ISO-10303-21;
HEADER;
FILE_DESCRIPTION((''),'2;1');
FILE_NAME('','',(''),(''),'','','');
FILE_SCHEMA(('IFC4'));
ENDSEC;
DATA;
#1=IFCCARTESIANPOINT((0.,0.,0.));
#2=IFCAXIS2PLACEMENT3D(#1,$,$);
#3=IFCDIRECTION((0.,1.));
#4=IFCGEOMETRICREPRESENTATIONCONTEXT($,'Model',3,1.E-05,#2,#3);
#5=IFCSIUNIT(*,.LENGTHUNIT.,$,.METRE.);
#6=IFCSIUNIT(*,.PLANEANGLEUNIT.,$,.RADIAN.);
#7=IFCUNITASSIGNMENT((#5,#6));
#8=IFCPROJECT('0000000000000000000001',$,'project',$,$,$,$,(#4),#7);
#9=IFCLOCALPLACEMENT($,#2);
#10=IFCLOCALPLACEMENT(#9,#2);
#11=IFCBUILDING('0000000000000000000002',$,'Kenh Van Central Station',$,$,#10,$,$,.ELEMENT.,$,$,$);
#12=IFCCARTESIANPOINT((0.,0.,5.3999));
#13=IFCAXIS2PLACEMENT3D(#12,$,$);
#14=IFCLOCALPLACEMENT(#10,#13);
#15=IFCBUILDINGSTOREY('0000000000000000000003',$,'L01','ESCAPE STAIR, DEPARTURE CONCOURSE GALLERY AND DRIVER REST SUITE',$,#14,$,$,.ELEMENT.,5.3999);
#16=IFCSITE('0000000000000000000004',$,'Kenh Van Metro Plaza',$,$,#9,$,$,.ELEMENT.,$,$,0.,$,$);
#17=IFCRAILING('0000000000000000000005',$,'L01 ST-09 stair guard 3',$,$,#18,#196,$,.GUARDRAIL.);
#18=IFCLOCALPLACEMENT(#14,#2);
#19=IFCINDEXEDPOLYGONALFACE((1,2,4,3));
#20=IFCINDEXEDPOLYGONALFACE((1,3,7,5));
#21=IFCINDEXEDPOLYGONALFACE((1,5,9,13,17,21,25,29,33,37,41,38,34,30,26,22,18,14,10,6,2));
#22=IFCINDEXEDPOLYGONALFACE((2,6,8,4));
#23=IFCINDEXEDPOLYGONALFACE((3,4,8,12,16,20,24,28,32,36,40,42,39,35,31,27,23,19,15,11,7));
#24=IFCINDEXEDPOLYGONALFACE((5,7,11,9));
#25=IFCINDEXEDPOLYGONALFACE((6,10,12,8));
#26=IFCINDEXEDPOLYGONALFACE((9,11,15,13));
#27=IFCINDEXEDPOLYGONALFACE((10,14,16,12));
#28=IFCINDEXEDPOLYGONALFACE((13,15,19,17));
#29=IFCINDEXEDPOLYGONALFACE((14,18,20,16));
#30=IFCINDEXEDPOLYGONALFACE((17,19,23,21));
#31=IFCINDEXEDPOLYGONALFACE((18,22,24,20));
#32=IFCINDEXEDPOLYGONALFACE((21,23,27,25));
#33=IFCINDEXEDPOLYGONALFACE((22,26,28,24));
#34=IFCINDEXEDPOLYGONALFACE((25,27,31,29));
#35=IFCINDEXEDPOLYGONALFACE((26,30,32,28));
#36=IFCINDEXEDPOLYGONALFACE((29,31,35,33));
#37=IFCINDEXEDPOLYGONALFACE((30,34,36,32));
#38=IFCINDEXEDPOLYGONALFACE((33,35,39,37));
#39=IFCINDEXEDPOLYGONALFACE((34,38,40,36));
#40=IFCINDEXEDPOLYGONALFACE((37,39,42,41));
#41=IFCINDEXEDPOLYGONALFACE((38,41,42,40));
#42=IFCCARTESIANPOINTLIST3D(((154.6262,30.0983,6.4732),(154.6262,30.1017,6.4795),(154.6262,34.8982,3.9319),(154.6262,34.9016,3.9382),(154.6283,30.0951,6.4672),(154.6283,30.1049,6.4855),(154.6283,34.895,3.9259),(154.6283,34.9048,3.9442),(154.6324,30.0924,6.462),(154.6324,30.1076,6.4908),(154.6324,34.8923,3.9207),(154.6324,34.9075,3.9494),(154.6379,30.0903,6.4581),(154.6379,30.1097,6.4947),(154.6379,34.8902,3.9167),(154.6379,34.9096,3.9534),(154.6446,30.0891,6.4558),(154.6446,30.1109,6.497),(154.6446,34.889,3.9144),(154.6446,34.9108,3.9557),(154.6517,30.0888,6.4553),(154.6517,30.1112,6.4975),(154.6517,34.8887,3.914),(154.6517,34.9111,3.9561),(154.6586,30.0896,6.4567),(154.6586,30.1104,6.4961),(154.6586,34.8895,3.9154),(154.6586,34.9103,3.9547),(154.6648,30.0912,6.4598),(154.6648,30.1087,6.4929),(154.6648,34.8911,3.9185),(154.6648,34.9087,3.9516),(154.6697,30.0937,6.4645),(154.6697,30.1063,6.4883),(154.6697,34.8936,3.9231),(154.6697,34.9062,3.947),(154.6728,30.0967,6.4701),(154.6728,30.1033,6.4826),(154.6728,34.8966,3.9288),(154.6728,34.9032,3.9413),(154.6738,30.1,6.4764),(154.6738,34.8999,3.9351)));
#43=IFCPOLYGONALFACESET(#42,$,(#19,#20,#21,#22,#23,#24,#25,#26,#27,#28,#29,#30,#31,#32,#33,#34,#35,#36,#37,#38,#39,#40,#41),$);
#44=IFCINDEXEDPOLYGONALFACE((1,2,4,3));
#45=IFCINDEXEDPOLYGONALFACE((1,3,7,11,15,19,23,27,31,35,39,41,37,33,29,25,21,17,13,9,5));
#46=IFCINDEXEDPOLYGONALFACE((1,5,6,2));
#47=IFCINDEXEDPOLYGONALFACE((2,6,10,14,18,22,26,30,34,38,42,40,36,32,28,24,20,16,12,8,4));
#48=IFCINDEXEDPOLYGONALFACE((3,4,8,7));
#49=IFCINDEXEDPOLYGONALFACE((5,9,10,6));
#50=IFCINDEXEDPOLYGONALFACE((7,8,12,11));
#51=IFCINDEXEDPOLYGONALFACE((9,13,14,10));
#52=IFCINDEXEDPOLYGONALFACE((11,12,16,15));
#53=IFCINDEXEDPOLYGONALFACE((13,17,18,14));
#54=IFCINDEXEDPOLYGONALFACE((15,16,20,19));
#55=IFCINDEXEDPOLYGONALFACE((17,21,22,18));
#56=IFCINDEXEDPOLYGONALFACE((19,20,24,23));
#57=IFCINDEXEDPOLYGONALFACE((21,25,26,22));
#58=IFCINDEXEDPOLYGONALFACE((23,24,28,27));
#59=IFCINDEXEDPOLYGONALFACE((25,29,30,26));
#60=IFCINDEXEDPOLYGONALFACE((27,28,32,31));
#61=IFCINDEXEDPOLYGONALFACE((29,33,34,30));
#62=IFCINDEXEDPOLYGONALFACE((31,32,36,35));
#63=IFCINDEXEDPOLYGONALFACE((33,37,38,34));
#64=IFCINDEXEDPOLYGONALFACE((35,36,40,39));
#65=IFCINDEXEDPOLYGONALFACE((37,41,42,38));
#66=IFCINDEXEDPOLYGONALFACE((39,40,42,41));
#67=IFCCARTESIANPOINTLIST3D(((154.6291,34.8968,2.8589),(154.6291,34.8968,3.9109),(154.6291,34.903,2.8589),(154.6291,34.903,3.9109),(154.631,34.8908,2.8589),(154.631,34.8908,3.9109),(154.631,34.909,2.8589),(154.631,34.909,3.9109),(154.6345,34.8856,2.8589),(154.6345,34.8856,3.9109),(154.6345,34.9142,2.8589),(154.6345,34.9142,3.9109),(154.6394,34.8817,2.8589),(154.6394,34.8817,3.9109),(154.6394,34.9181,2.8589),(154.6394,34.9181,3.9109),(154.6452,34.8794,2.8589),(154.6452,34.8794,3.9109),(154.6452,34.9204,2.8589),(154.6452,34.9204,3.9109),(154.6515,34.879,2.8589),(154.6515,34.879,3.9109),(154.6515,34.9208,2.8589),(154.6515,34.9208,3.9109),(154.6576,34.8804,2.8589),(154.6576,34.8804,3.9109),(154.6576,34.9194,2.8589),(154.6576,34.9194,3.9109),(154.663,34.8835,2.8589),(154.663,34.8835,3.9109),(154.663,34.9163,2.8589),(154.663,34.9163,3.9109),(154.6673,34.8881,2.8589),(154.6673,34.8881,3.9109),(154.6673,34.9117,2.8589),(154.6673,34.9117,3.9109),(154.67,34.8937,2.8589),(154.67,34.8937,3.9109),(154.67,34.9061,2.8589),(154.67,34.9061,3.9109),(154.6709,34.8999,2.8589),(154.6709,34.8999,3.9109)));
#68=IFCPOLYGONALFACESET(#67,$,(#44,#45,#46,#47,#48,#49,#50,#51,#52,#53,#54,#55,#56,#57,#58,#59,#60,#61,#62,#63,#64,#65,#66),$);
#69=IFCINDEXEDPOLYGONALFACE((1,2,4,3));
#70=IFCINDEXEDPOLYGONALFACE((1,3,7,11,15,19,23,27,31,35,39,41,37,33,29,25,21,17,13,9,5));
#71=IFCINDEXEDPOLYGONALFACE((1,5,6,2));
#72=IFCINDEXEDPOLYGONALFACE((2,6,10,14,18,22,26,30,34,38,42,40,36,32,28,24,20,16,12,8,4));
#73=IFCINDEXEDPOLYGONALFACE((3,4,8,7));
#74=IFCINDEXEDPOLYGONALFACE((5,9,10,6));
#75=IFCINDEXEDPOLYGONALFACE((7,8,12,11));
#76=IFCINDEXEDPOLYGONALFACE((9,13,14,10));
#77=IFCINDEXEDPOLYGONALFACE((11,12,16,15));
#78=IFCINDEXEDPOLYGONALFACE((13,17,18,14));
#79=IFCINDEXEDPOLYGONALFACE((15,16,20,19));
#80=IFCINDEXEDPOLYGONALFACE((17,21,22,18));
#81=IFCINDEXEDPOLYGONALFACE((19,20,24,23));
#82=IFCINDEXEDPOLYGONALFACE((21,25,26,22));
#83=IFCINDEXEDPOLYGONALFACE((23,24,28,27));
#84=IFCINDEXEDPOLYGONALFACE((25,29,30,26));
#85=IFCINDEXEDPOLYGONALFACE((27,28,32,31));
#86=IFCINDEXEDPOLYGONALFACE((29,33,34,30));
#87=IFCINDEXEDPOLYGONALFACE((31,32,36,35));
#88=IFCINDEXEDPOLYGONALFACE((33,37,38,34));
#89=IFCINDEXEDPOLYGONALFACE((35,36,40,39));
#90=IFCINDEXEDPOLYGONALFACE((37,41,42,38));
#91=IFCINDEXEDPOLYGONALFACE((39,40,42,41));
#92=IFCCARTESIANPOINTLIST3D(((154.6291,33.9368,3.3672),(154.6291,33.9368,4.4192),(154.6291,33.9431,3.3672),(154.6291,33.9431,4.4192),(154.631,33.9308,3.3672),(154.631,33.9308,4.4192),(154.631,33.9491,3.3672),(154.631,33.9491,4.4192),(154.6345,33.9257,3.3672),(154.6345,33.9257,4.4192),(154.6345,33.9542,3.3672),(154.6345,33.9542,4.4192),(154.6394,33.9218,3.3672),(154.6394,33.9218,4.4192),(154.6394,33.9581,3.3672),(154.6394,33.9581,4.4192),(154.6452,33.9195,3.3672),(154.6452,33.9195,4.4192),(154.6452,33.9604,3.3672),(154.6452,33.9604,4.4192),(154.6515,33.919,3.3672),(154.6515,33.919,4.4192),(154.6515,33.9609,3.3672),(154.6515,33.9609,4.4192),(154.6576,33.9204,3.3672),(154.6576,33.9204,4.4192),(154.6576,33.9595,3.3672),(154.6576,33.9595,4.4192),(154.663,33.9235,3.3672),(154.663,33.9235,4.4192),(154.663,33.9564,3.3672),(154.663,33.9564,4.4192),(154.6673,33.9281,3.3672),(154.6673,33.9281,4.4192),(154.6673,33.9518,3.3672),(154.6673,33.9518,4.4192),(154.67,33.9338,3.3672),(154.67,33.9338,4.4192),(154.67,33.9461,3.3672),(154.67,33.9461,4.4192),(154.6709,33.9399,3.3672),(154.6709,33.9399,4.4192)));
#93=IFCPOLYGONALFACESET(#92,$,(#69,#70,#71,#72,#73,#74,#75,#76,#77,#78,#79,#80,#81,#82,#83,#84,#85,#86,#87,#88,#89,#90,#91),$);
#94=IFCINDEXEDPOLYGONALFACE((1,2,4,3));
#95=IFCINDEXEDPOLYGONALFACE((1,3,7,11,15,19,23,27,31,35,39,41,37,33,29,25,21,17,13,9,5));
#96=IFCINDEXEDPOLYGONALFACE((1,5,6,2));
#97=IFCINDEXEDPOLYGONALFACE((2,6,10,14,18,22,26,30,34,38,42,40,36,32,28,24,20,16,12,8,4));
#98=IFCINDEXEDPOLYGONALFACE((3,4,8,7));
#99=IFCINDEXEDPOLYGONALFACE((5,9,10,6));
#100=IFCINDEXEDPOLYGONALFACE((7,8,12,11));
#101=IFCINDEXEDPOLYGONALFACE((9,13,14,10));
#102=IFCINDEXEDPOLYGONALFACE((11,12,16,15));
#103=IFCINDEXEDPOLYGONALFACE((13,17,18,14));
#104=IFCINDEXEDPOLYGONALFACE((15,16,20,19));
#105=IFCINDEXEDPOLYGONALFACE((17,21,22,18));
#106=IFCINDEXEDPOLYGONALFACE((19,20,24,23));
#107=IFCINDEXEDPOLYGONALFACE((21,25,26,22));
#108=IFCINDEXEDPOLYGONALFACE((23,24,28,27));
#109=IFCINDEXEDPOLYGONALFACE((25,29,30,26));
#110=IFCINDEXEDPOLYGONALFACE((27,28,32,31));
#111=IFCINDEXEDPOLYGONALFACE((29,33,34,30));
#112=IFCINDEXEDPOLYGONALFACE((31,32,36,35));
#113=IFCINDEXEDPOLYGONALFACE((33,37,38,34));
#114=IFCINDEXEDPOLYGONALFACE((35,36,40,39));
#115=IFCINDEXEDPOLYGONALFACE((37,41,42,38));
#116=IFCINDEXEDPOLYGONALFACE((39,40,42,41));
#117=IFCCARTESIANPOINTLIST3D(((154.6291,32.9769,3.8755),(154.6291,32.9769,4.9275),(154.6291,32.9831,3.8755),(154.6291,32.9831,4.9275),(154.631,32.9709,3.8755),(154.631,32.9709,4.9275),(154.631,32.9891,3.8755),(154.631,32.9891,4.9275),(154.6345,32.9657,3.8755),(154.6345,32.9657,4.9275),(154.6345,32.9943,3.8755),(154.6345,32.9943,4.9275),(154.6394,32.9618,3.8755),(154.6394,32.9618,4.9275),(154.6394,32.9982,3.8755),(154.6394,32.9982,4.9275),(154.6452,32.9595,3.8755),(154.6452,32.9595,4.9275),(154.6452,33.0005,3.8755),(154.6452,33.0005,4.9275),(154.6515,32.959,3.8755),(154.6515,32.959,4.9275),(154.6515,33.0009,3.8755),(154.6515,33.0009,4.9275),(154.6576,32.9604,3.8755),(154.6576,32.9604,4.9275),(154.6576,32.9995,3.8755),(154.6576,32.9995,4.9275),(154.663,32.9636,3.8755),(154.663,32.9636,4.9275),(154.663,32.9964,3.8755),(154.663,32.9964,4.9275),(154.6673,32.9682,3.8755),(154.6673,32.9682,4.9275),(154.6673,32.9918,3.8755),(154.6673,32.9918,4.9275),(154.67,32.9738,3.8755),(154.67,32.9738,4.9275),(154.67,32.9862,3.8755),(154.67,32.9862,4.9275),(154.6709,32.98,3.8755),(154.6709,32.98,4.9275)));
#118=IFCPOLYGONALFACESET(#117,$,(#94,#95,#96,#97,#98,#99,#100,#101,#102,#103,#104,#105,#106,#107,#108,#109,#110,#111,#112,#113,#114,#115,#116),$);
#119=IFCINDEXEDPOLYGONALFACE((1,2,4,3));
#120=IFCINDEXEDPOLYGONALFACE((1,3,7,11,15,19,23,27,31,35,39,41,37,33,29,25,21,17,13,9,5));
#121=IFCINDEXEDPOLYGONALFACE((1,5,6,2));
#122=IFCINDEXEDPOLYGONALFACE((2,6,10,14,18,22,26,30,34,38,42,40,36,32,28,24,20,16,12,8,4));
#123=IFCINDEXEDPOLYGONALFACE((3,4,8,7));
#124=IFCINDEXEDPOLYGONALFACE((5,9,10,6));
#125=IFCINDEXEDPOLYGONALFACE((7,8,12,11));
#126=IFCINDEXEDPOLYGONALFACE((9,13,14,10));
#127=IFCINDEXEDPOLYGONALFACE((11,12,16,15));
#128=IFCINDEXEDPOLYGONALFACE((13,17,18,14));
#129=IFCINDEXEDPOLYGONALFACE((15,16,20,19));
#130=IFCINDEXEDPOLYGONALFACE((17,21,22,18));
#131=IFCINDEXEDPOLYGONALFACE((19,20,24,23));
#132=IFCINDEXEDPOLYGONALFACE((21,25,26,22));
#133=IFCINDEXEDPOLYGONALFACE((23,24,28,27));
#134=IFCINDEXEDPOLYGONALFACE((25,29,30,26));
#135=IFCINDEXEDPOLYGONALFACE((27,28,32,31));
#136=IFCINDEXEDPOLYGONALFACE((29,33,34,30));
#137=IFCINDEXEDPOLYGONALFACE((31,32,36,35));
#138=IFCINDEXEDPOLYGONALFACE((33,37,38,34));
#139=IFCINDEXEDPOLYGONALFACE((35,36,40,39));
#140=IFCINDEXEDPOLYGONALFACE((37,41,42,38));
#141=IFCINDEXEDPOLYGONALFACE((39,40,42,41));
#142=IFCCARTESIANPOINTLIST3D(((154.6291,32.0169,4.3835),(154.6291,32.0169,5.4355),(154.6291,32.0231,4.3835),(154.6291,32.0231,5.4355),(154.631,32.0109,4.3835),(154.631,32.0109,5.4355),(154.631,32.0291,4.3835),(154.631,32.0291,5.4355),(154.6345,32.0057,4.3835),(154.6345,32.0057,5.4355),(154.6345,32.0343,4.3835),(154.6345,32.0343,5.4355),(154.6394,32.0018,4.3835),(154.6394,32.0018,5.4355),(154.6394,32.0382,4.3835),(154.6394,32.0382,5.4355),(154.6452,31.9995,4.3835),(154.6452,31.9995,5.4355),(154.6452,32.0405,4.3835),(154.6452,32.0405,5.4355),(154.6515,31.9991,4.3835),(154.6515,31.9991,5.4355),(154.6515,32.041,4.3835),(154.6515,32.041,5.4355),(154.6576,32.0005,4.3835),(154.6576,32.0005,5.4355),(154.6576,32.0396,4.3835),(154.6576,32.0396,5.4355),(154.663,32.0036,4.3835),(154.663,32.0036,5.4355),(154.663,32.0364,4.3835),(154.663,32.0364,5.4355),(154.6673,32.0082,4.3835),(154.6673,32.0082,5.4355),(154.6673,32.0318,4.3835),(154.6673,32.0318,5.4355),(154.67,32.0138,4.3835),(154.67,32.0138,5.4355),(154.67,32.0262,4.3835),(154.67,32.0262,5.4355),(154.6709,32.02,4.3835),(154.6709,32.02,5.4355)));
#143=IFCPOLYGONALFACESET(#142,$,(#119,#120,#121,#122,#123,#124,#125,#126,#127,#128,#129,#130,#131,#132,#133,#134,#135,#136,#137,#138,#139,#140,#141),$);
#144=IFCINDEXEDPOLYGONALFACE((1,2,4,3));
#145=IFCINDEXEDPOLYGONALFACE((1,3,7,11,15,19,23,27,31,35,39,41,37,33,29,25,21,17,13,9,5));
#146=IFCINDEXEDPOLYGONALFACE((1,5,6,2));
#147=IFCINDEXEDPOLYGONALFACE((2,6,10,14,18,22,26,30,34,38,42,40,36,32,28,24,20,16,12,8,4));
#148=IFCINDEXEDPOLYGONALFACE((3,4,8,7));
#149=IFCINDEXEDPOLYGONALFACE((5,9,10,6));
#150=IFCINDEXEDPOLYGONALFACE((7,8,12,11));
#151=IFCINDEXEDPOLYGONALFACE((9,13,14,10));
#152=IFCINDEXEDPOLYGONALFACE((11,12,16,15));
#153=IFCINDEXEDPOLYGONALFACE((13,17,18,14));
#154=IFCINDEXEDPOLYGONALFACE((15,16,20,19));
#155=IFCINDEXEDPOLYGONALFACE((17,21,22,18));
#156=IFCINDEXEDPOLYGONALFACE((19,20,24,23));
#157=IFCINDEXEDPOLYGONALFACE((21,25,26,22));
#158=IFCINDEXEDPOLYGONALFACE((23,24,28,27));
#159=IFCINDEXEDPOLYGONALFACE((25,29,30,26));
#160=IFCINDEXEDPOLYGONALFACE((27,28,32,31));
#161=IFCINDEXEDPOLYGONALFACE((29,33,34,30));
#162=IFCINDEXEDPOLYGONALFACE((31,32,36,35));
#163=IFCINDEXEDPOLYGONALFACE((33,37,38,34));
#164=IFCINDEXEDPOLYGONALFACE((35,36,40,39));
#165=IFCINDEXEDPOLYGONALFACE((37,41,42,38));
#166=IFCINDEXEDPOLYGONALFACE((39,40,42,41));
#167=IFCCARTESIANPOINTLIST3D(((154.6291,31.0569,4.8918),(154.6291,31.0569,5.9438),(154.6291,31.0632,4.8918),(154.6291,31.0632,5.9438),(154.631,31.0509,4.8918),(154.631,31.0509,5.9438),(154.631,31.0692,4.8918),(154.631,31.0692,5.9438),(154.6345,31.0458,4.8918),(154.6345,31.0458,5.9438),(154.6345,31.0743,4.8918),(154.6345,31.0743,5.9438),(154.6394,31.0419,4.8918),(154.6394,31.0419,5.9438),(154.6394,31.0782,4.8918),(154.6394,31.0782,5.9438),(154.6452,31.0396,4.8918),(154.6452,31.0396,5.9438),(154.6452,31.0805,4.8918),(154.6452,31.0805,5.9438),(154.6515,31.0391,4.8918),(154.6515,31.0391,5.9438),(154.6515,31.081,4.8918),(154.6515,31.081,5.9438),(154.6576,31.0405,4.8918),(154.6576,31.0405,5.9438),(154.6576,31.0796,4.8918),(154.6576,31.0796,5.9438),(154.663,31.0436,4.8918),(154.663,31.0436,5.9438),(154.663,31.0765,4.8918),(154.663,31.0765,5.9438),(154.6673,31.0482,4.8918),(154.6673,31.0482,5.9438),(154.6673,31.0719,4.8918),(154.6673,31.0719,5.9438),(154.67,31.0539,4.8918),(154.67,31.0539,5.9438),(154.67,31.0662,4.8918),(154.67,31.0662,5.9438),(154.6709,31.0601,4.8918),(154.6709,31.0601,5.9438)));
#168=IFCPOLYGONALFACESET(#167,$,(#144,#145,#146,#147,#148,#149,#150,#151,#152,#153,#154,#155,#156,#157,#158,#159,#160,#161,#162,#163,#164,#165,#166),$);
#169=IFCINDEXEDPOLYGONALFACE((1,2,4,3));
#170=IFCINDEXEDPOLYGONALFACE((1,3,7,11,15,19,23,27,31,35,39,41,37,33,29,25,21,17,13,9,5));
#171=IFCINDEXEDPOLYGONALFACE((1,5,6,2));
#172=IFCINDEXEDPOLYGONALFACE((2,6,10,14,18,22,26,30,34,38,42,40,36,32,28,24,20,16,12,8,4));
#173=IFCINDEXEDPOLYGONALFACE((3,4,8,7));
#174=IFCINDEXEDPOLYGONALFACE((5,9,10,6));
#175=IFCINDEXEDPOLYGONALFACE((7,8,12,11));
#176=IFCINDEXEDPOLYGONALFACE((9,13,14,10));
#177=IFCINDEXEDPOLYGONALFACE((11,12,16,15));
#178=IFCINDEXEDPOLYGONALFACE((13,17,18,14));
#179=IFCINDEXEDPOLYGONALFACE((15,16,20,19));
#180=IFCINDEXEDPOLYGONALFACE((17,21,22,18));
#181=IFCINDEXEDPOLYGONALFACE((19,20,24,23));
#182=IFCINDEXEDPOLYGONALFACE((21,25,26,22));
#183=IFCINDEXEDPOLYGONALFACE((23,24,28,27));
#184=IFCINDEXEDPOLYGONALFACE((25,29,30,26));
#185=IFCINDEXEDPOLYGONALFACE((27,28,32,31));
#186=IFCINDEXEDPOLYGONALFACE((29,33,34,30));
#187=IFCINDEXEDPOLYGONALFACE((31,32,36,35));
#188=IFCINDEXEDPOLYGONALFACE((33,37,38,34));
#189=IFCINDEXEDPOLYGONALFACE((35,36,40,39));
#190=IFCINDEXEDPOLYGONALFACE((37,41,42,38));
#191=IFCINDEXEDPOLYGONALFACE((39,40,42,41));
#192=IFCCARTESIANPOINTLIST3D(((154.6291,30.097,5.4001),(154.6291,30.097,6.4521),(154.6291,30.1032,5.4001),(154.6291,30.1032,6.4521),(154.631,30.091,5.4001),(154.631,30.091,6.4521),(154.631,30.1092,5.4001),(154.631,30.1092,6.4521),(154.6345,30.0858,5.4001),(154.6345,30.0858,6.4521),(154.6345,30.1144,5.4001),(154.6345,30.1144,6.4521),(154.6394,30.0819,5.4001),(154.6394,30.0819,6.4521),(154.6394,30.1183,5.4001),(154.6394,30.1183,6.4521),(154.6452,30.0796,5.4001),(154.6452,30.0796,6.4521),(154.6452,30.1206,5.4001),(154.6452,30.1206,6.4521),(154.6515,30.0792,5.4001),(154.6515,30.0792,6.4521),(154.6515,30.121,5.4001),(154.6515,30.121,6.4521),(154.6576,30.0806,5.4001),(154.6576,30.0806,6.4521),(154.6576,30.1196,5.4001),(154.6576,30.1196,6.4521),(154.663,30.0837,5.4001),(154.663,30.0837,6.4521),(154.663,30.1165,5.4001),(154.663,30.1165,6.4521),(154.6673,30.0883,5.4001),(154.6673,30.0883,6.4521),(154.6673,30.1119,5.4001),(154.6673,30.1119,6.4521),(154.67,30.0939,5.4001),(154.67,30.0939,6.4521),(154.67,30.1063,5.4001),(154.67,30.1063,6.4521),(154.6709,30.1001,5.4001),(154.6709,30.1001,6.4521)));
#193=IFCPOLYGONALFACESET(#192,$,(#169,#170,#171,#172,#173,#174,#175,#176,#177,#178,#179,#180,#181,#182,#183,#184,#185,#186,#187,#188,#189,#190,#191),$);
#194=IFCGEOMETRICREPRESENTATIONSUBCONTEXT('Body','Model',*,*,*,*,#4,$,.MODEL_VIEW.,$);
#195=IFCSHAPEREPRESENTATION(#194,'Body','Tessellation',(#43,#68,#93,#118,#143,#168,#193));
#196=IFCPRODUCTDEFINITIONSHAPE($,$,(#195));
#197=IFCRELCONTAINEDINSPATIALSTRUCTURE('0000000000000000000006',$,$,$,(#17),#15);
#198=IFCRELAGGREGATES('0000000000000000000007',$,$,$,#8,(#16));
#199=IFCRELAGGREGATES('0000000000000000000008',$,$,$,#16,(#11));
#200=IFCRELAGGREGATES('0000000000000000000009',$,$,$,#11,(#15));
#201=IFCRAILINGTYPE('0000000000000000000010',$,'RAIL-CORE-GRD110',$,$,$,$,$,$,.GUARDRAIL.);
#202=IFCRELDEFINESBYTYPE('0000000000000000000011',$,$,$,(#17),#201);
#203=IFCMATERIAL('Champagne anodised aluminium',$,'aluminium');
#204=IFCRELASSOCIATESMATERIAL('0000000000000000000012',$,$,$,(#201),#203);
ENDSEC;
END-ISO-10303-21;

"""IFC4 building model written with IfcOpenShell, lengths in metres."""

from ifc_helpers import new_model, si_unit, direction, frame, origin, origin_2d, place, context, subcontext, project, spatial, circle, extrude, material, type_object, element, save


model = new_model("IFC4")

# Units and contexts
model_context = context("Model", 3, precision=1e-05, world=origin(), true_north=direction((0.0, 1.0)))
body_context = subcontext(model_context, "Body", "Model", "MODEL_VIEW")
ifc_project = project(units=[si_unit("LENGTHUNIT", "METRE"), si_unit("PLANEANGLEUNIT", "RADIAN")], contexts=[model_context])

# Site, building, storey
site_placement = place(None, origin())
site = spatial("IfcSite", under=ifc_project, at=site_placement, Name="Kenh Van Metro Plaza", CompositionType="ELEMENT", RefElevation=0.0)
building_placement = place(site_placement, origin())
building = spatial("IfcBuilding", under=site, at=building_placement, Name="Kenh Van Central Station", CompositionType="ELEMENT")
storey_placement = place(building_placement, frame((0.0, 0.0, 5.3999)))
storey = spatial("IfcBuildingStorey", under=building, at=storey_placement, Name="L01", Description="ESCAPE STAIR, DEPARTURE CONCOURSE GALLERY AND DRIVER REST SUITE", CompositionType="ELEMENT", Elevation=5.3999)

# Shared definitions
ifc_material_1 = material(Name="Champagne anodised aluminium", Category="aluminium")

# Railing
railing_type_1 = type_object("IfcRailingType", Name="RAIL-CORE-GRD110", PredefinedType="GUARDRAIL", material=ifc_material_1)
railing_1_placement = place(storey_placement, frame((154.6499, 34.8999, 2.8589)))
element("IfcRailing", 1, at=railing_1_placement, inside=storey, type_object=railing_type_1, Name="L01 ST-09 stair guard 3", PredefinedType="GUARDRAIL", context=body_context, shape_type="SweptSolid", body=[
    extrude(circle(Radius=0.0239, at=origin_2d()), frame((0.0, 0.0, 1.0762), z_axis=(0.0, -0.883774, 0.467915), x_axis=(1.0, 0.0, 0.0)), (0.0, 0.0, 1.0), 5.4312),
    extrude(circle(Radius=0.021, at=origin_2d()), origin(), (0.0, 0.0, 1.0), 1.052),
    extrude(circle(Radius=0.021, at=origin_2d()), frame((0.0, -0.96, 0.5083)), (0.0, 0.0, 1.0), 1.052),
    extrude(circle(Radius=0.021, at=origin_2d()), frame((0.0, -1.9199, 1.0166)), (0.0, 0.0, 1.0), 1.052),
    extrude(circle(Radius=0.021, at=origin_2d()), frame((0.0, -2.8799, 1.5247)), (0.0, 0.0, 1.0), 1.052),
    extrude(circle(Radius=0.021, at=origin_2d()), frame((0.0, -3.8398, 2.033)), (0.0, 0.0, 1.0), 1.052),
    extrude(circle(Radius=0.021, at=origin_2d()), frame((0.0, -4.7998, 2.5413)), (0.0, 0.0, 1.0), 1.052),
])

save(model, "model.ifc")
